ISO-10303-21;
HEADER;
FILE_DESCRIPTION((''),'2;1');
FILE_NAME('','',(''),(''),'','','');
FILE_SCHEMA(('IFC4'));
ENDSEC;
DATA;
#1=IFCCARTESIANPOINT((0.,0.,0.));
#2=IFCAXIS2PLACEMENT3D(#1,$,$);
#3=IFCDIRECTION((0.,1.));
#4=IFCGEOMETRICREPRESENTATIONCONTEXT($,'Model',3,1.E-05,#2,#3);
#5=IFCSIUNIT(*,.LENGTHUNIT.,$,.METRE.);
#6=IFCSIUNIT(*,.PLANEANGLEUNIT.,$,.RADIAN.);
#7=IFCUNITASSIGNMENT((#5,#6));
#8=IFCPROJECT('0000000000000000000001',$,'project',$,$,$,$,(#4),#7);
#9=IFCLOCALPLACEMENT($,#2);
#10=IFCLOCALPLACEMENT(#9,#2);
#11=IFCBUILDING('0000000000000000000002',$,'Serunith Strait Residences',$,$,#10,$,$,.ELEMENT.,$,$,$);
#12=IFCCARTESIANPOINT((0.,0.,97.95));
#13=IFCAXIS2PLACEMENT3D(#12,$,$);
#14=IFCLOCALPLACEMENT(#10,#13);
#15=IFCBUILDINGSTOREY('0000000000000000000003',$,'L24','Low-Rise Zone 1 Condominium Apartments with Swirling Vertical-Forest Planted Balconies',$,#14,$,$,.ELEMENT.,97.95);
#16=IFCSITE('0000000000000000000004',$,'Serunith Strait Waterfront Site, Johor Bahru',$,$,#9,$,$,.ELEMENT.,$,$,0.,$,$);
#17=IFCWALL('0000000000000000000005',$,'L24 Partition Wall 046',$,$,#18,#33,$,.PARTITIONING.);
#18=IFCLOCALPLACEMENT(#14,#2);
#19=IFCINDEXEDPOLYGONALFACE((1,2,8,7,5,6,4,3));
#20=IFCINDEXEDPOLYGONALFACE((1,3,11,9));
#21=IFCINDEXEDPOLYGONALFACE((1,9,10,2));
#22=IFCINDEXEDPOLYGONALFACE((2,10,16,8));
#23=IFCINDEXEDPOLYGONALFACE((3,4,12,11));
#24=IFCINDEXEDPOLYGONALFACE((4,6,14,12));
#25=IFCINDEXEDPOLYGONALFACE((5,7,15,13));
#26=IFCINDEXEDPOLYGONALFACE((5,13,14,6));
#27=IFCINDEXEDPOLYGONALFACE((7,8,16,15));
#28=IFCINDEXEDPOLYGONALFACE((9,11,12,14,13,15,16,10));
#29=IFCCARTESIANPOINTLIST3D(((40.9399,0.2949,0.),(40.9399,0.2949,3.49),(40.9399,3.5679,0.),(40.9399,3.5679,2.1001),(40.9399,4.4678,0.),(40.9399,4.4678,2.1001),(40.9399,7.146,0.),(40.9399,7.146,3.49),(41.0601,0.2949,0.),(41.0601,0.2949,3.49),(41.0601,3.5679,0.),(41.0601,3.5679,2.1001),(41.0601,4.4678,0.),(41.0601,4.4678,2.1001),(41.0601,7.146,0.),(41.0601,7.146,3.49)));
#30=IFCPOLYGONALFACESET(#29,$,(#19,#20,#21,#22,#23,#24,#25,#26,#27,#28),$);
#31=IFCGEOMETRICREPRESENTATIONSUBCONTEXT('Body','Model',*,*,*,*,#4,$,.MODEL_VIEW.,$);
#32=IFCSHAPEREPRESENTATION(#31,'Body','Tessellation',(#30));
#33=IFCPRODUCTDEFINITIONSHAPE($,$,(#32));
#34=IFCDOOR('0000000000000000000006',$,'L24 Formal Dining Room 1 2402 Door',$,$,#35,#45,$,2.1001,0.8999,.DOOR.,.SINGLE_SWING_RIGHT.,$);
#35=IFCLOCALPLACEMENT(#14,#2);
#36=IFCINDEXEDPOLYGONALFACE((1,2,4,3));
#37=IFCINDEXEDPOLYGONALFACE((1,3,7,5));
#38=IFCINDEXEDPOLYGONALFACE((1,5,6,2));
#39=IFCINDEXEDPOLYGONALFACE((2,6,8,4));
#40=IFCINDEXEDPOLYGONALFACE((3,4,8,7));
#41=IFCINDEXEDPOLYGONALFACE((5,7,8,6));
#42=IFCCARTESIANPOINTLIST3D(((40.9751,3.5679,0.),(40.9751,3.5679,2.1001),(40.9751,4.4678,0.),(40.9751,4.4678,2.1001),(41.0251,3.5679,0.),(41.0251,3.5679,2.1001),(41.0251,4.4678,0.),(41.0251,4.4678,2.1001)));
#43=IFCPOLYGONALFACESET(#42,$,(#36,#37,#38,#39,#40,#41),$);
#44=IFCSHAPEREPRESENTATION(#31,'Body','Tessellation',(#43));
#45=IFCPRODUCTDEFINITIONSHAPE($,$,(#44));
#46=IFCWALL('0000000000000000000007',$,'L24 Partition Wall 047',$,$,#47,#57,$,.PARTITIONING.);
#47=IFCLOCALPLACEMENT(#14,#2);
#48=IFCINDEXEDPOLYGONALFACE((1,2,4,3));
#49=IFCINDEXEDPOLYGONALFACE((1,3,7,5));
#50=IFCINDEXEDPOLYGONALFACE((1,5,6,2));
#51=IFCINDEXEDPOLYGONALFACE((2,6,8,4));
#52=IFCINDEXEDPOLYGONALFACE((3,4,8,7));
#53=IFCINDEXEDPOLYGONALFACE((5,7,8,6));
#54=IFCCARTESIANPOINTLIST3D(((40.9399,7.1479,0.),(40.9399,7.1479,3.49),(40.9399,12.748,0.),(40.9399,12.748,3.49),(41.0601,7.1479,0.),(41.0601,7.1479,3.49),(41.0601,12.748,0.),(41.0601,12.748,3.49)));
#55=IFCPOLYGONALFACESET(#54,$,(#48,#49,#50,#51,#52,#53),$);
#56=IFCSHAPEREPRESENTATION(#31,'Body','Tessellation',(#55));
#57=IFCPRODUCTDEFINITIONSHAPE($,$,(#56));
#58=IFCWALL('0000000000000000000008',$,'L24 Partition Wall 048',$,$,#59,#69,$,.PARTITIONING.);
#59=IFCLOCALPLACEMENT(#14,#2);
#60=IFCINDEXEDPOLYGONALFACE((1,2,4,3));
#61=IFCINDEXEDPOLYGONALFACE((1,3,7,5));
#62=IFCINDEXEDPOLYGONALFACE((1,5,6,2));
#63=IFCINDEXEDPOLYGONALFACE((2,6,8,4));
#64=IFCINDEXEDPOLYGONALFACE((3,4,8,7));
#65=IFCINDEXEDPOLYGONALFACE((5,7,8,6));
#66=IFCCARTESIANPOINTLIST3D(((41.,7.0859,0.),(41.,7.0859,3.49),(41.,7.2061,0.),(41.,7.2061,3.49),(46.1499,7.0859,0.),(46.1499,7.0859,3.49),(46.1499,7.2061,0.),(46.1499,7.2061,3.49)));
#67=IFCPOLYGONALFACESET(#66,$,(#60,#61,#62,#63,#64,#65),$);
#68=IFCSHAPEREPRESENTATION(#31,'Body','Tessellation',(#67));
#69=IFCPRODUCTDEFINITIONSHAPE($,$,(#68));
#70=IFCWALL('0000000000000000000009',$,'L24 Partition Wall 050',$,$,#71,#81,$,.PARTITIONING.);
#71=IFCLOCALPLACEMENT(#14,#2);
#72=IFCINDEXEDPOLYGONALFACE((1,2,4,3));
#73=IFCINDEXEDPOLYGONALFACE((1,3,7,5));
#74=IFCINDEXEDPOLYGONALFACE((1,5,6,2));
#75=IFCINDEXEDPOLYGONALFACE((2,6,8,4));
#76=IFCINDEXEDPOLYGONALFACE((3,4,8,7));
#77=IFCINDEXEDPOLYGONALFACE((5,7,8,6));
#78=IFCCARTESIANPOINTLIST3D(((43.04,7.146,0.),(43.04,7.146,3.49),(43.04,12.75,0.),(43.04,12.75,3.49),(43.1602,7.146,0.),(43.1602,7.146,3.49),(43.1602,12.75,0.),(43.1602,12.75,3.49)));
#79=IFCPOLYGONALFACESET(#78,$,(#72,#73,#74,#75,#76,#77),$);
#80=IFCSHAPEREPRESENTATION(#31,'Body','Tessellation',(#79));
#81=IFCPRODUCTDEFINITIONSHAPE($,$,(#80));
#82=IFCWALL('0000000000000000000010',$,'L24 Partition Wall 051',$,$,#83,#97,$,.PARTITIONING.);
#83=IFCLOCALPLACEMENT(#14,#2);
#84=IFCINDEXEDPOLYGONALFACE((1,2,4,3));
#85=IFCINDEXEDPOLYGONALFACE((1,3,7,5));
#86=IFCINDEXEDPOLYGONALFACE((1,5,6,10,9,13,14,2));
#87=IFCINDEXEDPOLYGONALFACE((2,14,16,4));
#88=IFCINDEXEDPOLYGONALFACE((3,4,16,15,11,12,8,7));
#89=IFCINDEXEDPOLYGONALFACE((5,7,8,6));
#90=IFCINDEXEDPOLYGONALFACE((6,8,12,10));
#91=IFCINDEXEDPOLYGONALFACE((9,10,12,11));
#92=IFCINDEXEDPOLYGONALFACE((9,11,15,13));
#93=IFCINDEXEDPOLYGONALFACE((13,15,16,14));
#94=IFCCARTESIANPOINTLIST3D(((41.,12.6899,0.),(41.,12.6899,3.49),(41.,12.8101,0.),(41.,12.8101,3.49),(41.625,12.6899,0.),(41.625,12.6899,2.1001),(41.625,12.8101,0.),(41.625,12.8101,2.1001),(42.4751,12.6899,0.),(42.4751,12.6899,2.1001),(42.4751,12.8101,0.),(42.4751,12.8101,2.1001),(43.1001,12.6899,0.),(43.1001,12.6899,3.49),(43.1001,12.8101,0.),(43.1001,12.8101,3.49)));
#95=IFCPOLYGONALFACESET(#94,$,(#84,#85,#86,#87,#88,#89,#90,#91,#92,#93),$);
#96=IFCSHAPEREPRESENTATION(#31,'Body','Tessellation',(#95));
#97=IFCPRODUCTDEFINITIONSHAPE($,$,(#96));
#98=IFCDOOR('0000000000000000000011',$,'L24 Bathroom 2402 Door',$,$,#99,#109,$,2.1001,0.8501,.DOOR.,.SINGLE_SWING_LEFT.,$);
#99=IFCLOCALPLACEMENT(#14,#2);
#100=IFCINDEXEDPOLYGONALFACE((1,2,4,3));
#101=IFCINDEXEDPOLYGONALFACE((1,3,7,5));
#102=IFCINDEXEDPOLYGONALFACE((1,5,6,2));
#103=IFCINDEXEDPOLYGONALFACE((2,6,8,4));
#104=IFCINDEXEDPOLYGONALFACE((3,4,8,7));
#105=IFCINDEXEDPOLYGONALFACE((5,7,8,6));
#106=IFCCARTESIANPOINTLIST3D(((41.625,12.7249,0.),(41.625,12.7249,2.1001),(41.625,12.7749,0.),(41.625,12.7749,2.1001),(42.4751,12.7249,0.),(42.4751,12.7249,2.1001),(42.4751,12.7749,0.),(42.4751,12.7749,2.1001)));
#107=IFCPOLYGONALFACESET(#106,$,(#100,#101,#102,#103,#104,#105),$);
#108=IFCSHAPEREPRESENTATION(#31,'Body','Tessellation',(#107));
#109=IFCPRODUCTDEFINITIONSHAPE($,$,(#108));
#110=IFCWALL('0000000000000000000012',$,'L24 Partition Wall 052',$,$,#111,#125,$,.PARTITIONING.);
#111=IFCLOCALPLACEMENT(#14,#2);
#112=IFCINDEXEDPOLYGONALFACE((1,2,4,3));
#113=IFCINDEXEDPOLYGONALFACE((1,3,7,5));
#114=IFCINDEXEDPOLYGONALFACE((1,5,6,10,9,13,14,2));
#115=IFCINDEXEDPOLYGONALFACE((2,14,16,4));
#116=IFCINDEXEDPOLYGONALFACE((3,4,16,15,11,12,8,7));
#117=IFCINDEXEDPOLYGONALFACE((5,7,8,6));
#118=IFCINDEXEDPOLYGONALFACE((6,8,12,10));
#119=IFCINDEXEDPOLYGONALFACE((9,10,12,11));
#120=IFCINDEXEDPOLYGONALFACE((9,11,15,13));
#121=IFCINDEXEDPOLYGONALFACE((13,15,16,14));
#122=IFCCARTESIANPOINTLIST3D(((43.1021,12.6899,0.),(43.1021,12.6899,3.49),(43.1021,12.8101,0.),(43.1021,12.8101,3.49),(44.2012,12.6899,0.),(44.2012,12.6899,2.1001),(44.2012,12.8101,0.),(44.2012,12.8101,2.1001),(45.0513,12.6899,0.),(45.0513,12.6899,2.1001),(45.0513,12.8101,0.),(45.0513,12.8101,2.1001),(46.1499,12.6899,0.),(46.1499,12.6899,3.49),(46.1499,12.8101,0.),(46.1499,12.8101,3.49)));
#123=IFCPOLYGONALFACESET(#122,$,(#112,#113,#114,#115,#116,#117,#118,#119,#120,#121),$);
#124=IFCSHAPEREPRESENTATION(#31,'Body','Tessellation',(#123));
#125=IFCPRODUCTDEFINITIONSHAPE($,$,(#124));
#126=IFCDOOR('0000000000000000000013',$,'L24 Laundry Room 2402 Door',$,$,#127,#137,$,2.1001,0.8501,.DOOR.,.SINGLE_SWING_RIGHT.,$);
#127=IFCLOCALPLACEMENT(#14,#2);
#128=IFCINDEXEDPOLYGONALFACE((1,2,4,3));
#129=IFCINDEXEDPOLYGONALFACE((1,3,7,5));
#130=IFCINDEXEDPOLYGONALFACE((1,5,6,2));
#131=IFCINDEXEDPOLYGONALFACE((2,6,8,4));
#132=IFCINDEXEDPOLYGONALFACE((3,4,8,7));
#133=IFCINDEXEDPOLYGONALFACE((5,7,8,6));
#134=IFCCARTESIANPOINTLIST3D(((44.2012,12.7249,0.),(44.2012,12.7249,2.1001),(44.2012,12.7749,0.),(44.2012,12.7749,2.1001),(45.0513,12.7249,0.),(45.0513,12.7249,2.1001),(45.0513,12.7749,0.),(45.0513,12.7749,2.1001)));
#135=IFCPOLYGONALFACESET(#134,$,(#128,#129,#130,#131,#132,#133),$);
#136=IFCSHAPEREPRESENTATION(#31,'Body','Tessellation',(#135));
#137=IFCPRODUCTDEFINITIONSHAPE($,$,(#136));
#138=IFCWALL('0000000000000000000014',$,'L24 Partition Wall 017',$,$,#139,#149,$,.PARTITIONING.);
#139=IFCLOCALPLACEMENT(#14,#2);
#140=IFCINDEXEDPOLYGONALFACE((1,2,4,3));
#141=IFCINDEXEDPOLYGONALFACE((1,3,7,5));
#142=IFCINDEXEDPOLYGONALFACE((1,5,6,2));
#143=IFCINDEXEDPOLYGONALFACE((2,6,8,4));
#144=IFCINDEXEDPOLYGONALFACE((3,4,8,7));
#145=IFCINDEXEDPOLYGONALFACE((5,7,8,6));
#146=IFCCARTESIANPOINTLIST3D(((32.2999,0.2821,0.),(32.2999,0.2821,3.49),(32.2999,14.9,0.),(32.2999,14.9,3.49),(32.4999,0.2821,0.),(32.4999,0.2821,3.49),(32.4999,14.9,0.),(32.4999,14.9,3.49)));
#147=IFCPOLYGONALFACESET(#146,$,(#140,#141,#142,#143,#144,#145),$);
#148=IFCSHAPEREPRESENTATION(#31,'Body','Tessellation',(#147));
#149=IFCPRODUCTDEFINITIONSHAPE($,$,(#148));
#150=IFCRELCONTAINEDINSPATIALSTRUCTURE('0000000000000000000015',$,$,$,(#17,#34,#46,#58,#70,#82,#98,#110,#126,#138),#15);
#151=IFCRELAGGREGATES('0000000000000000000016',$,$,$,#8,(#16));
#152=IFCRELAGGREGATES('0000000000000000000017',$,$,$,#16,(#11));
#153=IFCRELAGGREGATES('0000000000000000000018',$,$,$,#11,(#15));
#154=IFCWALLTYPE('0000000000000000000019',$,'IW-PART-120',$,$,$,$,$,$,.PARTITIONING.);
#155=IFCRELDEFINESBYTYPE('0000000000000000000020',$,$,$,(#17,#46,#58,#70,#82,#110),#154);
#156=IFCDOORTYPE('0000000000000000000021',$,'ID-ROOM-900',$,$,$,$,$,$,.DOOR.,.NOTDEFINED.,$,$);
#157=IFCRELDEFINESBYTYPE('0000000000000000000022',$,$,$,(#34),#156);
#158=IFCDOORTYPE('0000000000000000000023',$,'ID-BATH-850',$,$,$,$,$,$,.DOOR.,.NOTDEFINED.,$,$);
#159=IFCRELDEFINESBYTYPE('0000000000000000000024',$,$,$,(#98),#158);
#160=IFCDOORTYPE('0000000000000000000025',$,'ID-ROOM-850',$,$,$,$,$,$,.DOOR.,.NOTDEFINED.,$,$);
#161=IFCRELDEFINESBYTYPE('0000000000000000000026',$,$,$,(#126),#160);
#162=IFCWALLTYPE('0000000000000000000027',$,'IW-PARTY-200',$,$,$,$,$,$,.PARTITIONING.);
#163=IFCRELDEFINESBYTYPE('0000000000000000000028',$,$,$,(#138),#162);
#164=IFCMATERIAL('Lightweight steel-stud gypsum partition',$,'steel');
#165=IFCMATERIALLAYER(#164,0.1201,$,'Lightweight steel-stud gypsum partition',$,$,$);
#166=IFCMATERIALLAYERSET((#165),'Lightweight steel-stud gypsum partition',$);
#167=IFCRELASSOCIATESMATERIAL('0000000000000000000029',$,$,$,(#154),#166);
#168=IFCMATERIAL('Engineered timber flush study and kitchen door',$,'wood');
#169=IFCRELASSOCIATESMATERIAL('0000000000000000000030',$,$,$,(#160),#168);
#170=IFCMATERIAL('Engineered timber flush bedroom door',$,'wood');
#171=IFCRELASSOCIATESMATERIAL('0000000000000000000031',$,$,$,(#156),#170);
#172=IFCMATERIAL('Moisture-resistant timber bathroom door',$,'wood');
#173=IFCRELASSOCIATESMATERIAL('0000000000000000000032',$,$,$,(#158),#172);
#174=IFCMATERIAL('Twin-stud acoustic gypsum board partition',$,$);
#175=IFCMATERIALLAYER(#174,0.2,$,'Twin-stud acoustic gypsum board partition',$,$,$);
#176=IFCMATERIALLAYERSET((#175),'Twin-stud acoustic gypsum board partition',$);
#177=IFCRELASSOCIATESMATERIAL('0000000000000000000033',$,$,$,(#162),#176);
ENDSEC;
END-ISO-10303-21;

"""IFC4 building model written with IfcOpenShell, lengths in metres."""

from ifc_helpers import new_model, si_unit, direction, frame, frame_2d, origin, place, context, subcontext, project, spatial, rectangle, extrude, source, transform, mapped, material, layer, layer_set, type_object, element, fill, save


model = new_model("IFC4")

# Units and contexts
model_context = context("Model", 3, precision=1e-05, world=origin(), true_north=direction((0.0, 1.0)))
body_context = subcontext(model_context, "Body", "Model", "MODEL_VIEW")
ifc_project = project(units=[si_unit("LENGTHUNIT", "METRE"), si_unit("PLANEANGLEUNIT", "RADIAN")], contexts=[model_context])

# Site, building, storey
site_placement = place(None, origin())
site = spatial("IfcSite", under=ifc_project, at=site_placement, Name="Serunith Strait Waterfront Site, Johor Bahru", CompositionType="ELEMENT", RefElevation=0.0)
building_placement = place(site_placement, origin())
building = spatial("IfcBuilding", under=site, at=building_placement, Name="Serunith Strait Residences", CompositionType="ELEMENT")
storey_placement = place(building_placement, frame((0.0, 0.0, 97.95)))
storey = spatial("IfcBuildingStorey", under=building, at=storey_placement, Name="L24", Description="Low-Rise Zone 1 Condominium Apartments with Swirling Vertical-Forest Planted Balconies", CompositionType="ELEMENT", Elevation=97.95)

# Shared definitions
ifc_material_1 = material(Name="Lightweight steel-stud gypsum partition", Category="steel")
ifc_layer_1 = layer(ifc_material_1, 0.1201, Name="Lightweight steel-stud gypsum partition")
ifc_layer_set_1 = layer_set([ifc_layer_1], Name="Lightweight steel-stud gypsum partition")
wall_type_1 = type_object("IfcWallType", Name="IW-PART-120", PredefinedType="PARTITIONING", material=ifc_layer_set_1)
ifc_material_2 = material(Name="Engineered timber flush study and kitchen door", Category="wood")
door_type_1 = type_object("IfcDoorType", Name="ID-ROOM-850", OperationType="NOTDEFINED", PredefinedType="DOOR", material=ifc_material_2)
shared_shape_1 = source(origin(), body_context, "Body", "SweptSolid", [
    extrude(rectangle(XDim=0.8501, YDim=2.1001, at=frame_2d((0.425, 1.05))), frame((0.0, 0.0249, 0.0), z_axis=(0.0, -1.0, 0.0), x_axis=(1.0, 0.0, 0.0)), (0.0, 0.0, 1.0), 0.05),
])

# Wall, opening, door
ifc_material_3 = material(Name="Engineered timber flush bedroom door", Category="wood")
door_type_2 = type_object("IfcDoorType", Name="ID-ROOM-900", OperationType="NOTDEFINED", PredefinedType="DOOR", material=ifc_material_3)
shared_shape_2 = source(origin(), body_context, "Body", "SweptSolid", [
    extrude(rectangle(XDim=0.8999, YDim=2.1001, at=frame_2d((0.45, 1.05))), frame((0.0, 0.0249, 0.0), z_axis=(0.0, -1.0, 0.0), x_axis=(1.0, 0.0, 0.0)), (0.0, 0.0, 1.0), 0.05),
])
wall_1_placement = place(storey_placement, frame((41.0, 0.2949, 0.0), z_axis=(0.0, 0.0, 1.0), x_axis=(0.0, 1.0, 0.0)))
wall_1 = element("IfcWall", 1, at=wall_1_placement, inside=storey, type_object=wall_type_1, Name="L24 Partition Wall 046", PredefinedType="PARTITIONING", context=body_context, shape_type="SweptSolid", body=[
    extrude(rectangle(XDim=6.8511, YDim=0.1201, at=frame_2d((3.4255, 0.0))), origin(), (0.0, 0.0, 1.0), 3.49),
])
opening_1_placement = place(wall_1_placement, frame((3.2729, 0.0, 0.0)))
opening_1 = element("IfcOpeningElement", 2, at=opening_1_placement, cuts=wall_1, PredefinedType="OPENING", context=body_context, shape_type="SweptSolid", body=[
    extrude(rectangle(XDim=0.8999, YDim=2.1001, at=frame_2d((0.45, 1.05))), frame((0.0, 0.0701, 0.0), z_axis=(0.0, -1.0, 0.0), x_axis=(1.0, 0.0, 0.0)), (0.0, 0.0, 1.0), 0.1401),
])
door_1_placement = place(opening_1_placement, origin())
door_1 = element("IfcDoor", 3, at=door_1_placement, inside=storey, type_object=door_type_2, Name="L24 Formal Dining Room 1 2402 Door", OperationType="SINGLE_SWING_RIGHT", OverallHeight=2.1001, OverallWidth=0.8999, PredefinedType="DOOR", context=body_context, shape_type="MappedRepresentation", body=[
    mapped(shared_shape_2, transform((0.0, 0.0, 0.0), scale=1.0)),
])
fill(opening_1, door_1)

# Walls
wall_2_placement = place(storey_placement, frame((41.0, 7.1479, 0.0), z_axis=(0.0, 0.0, 1.0), x_axis=(0.0, 1.0, 0.0)))
element("IfcWall", 4, at=wall_2_placement, inside=storey, type_object=wall_type_1, Name="L24 Partition Wall 047", PredefinedType="PARTITIONING", context=body_context, shape_type="SweptSolid", body=[
    extrude(rectangle(XDim=5.6001, YDim=0.1201, at=frame_2d((2.8, 0.0))), origin(), (0.0, 0.0, 1.0), 3.49),
])
wall_3_placement = place(storey_placement, frame((41.0, 7.146, 0.0), z_axis=(0.0, 0.0, 1.0), x_axis=(1.0, 0.0, 0.0)))
element("IfcWall", 5, at=wall_3_placement, inside=storey, type_object=wall_type_1, Name="L24 Partition Wall 048", PredefinedType="PARTITIONING", context=body_context, shape_type="SweptSolid", body=[
    extrude(rectangle(XDim=5.1499, YDim=0.1201, at=frame_2d((2.575, 0.0))), origin(), (0.0, 0.0, 1.0), 3.49),
])
wall_4_placement = place(storey_placement, frame((43.1001, 7.146, 0.0), z_axis=(0.0, 0.0, 1.0), x_axis=(0.0, 1.0, 0.0)))
element("IfcWall", 6, at=wall_4_placement, inside=storey, type_object=wall_type_1, Name="L24 Partition Wall 050", PredefinedType="PARTITIONING", context=body_context, shape_type="SweptSolid", body=[
    extrude(rectangle(XDim=5.604, YDim=0.1201, at=frame_2d((2.802, 0.0))), origin(), (0.0, 0.0, 1.0), 3.49),
])

# Walls, openings, doors
wall_5_placement = place(storey_placement, frame((41.0, 12.75, 0.0), z_axis=(0.0, 0.0, 1.0), x_axis=(1.0, 0.0, 0.0)))
wall_5 = element("IfcWall", 7, at=wall_5_placement, inside=storey, type_object=wall_type_1, Name="L24 Partition Wall 051", PredefinedType="PARTITIONING", context=body_context, shape_type="SweptSolid", body=[
    extrude(rectangle(XDim=2.1001, YDim=0.1201, at=frame_2d((1.05, 0.0))), origin(), (0.0, 0.0, 1.0), 3.49),
])
opening_2_placement = place(wall_5_placement, frame((0.625, 0.0, 0.0)))
opening_2 = element("IfcOpeningElement", 8, at=opening_2_placement, cuts=wall_5, PredefinedType="OPENING", context=body_context, shape_type="SweptSolid", body=[
    extrude(rectangle(XDim=0.8501, YDim=2.1001, at=frame_2d((0.425, 1.05))), frame((0.0, 0.0701, 0.0), z_axis=(0.0, -1.0, 0.0), x_axis=(1.0, 0.0, 0.0)), (0.0, 0.0, 1.0), 0.1401),
])
ifc_material_4 = material(Name="Moisture-resistant timber bathroom door", Category="wood")
door_type_3 = type_object("IfcDoorType", Name="ID-BATH-850", OperationType="NOTDEFINED", PredefinedType="DOOR", material=ifc_material_4)
door_2_placement = place(opening_2_placement, origin())
door_2 = element("IfcDoor", 9, at=door_2_placement, inside=storey, type_object=door_type_3, Name="L24 Bathroom 2402 Door", OperationType="SINGLE_SWING_LEFT", OverallHeight=2.1001, OverallWidth=0.8501, PredefinedType="DOOR", context=body_context, shape_type="MappedRepresentation", body=[
    mapped(shared_shape_1, transform((0.0, 0.0, 0.0), scale=1.0)),
])
fill(opening_2, door_2)
wall_6_placement = place(storey_placement, frame((43.1021, 12.75, 0.0), z_axis=(0.0, 0.0, 1.0), x_axis=(1.0, 0.0, 0.0)))
wall_6 = element("IfcWall", 10, at=wall_6_placement, inside=storey, type_object=wall_type_1, Name="L24 Partition Wall 052", PredefinedType="PARTITIONING", context=body_context, shape_type="SweptSolid", body=[
    extrude(rectangle(XDim=3.0479, YDim=0.1201, at=frame_2d((1.5239, 0.0))), origin(), (0.0, 0.0, 1.0), 3.49),
])
opening_3_placement = place(wall_6_placement, frame((1.0991, 0.0, 0.0)))
opening_3 = element("IfcOpeningElement", 11, at=opening_3_placement, cuts=wall_6, PredefinedType="OPENING", context=body_context, shape_type="SweptSolid", body=[
    extrude(rectangle(XDim=0.8501, YDim=2.1001, at=frame_2d((0.425, 1.05))), frame((0.0, 0.0701, 0.0), z_axis=(0.0, -1.0, 0.0), x_axis=(1.0, 0.0, 0.0)), (0.0, 0.0, 1.0), 0.1401),
])
door_3_placement = place(opening_3_placement, origin())
door_3 = element("IfcDoor", 12, at=door_3_placement, inside=storey, type_object=door_type_1, Name="L24 Laundry Room 2402 Door", OperationType="SINGLE_SWING_RIGHT", OverallHeight=2.1001, OverallWidth=0.8501, PredefinedType="DOOR", context=body_context, shape_type="MappedRepresentation", body=[
    mapped(shared_shape_1, transform((0.0, 0.0, 0.0), scale=1.0)),
])
fill(opening_3, door_3)

# Wall
ifc_material_5 = material(Name="Twin-stud acoustic gypsum board partition")
ifc_layer_2 = layer(ifc_material_5, 0.2, Name="Twin-stud acoustic gypsum board partition")
ifc_layer_set_2 = layer_set([ifc_layer_2], Name="Twin-stud acoustic gypsum board partition")
wall_type_2 = type_object("IfcWallType", Name="IW-PARTY-200", PredefinedType="PARTITIONING", material=ifc_layer_set_2)
wall_7_placement = place(storey_placement, frame((32.3999, 0.282, 0.0), z_axis=(0.0, 0.0, 1.0), x_axis=(0.0, 1.0, 0.0)))
element("IfcWall", 13, at=wall_7_placement, inside=storey, type_object=wall_type_2, Name="L24 Partition Wall 017", PredefinedType="PARTITIONING", context=body_context, shape_type="SweptSolid", body=[
    extrude(rectangle(XDim=14.6179, YDim=0.2, at=frame_2d((7.3091, 0.0))), origin(), (0.0, 0.0, 1.0), 3.49),
])

save(model, "model.ifc")
